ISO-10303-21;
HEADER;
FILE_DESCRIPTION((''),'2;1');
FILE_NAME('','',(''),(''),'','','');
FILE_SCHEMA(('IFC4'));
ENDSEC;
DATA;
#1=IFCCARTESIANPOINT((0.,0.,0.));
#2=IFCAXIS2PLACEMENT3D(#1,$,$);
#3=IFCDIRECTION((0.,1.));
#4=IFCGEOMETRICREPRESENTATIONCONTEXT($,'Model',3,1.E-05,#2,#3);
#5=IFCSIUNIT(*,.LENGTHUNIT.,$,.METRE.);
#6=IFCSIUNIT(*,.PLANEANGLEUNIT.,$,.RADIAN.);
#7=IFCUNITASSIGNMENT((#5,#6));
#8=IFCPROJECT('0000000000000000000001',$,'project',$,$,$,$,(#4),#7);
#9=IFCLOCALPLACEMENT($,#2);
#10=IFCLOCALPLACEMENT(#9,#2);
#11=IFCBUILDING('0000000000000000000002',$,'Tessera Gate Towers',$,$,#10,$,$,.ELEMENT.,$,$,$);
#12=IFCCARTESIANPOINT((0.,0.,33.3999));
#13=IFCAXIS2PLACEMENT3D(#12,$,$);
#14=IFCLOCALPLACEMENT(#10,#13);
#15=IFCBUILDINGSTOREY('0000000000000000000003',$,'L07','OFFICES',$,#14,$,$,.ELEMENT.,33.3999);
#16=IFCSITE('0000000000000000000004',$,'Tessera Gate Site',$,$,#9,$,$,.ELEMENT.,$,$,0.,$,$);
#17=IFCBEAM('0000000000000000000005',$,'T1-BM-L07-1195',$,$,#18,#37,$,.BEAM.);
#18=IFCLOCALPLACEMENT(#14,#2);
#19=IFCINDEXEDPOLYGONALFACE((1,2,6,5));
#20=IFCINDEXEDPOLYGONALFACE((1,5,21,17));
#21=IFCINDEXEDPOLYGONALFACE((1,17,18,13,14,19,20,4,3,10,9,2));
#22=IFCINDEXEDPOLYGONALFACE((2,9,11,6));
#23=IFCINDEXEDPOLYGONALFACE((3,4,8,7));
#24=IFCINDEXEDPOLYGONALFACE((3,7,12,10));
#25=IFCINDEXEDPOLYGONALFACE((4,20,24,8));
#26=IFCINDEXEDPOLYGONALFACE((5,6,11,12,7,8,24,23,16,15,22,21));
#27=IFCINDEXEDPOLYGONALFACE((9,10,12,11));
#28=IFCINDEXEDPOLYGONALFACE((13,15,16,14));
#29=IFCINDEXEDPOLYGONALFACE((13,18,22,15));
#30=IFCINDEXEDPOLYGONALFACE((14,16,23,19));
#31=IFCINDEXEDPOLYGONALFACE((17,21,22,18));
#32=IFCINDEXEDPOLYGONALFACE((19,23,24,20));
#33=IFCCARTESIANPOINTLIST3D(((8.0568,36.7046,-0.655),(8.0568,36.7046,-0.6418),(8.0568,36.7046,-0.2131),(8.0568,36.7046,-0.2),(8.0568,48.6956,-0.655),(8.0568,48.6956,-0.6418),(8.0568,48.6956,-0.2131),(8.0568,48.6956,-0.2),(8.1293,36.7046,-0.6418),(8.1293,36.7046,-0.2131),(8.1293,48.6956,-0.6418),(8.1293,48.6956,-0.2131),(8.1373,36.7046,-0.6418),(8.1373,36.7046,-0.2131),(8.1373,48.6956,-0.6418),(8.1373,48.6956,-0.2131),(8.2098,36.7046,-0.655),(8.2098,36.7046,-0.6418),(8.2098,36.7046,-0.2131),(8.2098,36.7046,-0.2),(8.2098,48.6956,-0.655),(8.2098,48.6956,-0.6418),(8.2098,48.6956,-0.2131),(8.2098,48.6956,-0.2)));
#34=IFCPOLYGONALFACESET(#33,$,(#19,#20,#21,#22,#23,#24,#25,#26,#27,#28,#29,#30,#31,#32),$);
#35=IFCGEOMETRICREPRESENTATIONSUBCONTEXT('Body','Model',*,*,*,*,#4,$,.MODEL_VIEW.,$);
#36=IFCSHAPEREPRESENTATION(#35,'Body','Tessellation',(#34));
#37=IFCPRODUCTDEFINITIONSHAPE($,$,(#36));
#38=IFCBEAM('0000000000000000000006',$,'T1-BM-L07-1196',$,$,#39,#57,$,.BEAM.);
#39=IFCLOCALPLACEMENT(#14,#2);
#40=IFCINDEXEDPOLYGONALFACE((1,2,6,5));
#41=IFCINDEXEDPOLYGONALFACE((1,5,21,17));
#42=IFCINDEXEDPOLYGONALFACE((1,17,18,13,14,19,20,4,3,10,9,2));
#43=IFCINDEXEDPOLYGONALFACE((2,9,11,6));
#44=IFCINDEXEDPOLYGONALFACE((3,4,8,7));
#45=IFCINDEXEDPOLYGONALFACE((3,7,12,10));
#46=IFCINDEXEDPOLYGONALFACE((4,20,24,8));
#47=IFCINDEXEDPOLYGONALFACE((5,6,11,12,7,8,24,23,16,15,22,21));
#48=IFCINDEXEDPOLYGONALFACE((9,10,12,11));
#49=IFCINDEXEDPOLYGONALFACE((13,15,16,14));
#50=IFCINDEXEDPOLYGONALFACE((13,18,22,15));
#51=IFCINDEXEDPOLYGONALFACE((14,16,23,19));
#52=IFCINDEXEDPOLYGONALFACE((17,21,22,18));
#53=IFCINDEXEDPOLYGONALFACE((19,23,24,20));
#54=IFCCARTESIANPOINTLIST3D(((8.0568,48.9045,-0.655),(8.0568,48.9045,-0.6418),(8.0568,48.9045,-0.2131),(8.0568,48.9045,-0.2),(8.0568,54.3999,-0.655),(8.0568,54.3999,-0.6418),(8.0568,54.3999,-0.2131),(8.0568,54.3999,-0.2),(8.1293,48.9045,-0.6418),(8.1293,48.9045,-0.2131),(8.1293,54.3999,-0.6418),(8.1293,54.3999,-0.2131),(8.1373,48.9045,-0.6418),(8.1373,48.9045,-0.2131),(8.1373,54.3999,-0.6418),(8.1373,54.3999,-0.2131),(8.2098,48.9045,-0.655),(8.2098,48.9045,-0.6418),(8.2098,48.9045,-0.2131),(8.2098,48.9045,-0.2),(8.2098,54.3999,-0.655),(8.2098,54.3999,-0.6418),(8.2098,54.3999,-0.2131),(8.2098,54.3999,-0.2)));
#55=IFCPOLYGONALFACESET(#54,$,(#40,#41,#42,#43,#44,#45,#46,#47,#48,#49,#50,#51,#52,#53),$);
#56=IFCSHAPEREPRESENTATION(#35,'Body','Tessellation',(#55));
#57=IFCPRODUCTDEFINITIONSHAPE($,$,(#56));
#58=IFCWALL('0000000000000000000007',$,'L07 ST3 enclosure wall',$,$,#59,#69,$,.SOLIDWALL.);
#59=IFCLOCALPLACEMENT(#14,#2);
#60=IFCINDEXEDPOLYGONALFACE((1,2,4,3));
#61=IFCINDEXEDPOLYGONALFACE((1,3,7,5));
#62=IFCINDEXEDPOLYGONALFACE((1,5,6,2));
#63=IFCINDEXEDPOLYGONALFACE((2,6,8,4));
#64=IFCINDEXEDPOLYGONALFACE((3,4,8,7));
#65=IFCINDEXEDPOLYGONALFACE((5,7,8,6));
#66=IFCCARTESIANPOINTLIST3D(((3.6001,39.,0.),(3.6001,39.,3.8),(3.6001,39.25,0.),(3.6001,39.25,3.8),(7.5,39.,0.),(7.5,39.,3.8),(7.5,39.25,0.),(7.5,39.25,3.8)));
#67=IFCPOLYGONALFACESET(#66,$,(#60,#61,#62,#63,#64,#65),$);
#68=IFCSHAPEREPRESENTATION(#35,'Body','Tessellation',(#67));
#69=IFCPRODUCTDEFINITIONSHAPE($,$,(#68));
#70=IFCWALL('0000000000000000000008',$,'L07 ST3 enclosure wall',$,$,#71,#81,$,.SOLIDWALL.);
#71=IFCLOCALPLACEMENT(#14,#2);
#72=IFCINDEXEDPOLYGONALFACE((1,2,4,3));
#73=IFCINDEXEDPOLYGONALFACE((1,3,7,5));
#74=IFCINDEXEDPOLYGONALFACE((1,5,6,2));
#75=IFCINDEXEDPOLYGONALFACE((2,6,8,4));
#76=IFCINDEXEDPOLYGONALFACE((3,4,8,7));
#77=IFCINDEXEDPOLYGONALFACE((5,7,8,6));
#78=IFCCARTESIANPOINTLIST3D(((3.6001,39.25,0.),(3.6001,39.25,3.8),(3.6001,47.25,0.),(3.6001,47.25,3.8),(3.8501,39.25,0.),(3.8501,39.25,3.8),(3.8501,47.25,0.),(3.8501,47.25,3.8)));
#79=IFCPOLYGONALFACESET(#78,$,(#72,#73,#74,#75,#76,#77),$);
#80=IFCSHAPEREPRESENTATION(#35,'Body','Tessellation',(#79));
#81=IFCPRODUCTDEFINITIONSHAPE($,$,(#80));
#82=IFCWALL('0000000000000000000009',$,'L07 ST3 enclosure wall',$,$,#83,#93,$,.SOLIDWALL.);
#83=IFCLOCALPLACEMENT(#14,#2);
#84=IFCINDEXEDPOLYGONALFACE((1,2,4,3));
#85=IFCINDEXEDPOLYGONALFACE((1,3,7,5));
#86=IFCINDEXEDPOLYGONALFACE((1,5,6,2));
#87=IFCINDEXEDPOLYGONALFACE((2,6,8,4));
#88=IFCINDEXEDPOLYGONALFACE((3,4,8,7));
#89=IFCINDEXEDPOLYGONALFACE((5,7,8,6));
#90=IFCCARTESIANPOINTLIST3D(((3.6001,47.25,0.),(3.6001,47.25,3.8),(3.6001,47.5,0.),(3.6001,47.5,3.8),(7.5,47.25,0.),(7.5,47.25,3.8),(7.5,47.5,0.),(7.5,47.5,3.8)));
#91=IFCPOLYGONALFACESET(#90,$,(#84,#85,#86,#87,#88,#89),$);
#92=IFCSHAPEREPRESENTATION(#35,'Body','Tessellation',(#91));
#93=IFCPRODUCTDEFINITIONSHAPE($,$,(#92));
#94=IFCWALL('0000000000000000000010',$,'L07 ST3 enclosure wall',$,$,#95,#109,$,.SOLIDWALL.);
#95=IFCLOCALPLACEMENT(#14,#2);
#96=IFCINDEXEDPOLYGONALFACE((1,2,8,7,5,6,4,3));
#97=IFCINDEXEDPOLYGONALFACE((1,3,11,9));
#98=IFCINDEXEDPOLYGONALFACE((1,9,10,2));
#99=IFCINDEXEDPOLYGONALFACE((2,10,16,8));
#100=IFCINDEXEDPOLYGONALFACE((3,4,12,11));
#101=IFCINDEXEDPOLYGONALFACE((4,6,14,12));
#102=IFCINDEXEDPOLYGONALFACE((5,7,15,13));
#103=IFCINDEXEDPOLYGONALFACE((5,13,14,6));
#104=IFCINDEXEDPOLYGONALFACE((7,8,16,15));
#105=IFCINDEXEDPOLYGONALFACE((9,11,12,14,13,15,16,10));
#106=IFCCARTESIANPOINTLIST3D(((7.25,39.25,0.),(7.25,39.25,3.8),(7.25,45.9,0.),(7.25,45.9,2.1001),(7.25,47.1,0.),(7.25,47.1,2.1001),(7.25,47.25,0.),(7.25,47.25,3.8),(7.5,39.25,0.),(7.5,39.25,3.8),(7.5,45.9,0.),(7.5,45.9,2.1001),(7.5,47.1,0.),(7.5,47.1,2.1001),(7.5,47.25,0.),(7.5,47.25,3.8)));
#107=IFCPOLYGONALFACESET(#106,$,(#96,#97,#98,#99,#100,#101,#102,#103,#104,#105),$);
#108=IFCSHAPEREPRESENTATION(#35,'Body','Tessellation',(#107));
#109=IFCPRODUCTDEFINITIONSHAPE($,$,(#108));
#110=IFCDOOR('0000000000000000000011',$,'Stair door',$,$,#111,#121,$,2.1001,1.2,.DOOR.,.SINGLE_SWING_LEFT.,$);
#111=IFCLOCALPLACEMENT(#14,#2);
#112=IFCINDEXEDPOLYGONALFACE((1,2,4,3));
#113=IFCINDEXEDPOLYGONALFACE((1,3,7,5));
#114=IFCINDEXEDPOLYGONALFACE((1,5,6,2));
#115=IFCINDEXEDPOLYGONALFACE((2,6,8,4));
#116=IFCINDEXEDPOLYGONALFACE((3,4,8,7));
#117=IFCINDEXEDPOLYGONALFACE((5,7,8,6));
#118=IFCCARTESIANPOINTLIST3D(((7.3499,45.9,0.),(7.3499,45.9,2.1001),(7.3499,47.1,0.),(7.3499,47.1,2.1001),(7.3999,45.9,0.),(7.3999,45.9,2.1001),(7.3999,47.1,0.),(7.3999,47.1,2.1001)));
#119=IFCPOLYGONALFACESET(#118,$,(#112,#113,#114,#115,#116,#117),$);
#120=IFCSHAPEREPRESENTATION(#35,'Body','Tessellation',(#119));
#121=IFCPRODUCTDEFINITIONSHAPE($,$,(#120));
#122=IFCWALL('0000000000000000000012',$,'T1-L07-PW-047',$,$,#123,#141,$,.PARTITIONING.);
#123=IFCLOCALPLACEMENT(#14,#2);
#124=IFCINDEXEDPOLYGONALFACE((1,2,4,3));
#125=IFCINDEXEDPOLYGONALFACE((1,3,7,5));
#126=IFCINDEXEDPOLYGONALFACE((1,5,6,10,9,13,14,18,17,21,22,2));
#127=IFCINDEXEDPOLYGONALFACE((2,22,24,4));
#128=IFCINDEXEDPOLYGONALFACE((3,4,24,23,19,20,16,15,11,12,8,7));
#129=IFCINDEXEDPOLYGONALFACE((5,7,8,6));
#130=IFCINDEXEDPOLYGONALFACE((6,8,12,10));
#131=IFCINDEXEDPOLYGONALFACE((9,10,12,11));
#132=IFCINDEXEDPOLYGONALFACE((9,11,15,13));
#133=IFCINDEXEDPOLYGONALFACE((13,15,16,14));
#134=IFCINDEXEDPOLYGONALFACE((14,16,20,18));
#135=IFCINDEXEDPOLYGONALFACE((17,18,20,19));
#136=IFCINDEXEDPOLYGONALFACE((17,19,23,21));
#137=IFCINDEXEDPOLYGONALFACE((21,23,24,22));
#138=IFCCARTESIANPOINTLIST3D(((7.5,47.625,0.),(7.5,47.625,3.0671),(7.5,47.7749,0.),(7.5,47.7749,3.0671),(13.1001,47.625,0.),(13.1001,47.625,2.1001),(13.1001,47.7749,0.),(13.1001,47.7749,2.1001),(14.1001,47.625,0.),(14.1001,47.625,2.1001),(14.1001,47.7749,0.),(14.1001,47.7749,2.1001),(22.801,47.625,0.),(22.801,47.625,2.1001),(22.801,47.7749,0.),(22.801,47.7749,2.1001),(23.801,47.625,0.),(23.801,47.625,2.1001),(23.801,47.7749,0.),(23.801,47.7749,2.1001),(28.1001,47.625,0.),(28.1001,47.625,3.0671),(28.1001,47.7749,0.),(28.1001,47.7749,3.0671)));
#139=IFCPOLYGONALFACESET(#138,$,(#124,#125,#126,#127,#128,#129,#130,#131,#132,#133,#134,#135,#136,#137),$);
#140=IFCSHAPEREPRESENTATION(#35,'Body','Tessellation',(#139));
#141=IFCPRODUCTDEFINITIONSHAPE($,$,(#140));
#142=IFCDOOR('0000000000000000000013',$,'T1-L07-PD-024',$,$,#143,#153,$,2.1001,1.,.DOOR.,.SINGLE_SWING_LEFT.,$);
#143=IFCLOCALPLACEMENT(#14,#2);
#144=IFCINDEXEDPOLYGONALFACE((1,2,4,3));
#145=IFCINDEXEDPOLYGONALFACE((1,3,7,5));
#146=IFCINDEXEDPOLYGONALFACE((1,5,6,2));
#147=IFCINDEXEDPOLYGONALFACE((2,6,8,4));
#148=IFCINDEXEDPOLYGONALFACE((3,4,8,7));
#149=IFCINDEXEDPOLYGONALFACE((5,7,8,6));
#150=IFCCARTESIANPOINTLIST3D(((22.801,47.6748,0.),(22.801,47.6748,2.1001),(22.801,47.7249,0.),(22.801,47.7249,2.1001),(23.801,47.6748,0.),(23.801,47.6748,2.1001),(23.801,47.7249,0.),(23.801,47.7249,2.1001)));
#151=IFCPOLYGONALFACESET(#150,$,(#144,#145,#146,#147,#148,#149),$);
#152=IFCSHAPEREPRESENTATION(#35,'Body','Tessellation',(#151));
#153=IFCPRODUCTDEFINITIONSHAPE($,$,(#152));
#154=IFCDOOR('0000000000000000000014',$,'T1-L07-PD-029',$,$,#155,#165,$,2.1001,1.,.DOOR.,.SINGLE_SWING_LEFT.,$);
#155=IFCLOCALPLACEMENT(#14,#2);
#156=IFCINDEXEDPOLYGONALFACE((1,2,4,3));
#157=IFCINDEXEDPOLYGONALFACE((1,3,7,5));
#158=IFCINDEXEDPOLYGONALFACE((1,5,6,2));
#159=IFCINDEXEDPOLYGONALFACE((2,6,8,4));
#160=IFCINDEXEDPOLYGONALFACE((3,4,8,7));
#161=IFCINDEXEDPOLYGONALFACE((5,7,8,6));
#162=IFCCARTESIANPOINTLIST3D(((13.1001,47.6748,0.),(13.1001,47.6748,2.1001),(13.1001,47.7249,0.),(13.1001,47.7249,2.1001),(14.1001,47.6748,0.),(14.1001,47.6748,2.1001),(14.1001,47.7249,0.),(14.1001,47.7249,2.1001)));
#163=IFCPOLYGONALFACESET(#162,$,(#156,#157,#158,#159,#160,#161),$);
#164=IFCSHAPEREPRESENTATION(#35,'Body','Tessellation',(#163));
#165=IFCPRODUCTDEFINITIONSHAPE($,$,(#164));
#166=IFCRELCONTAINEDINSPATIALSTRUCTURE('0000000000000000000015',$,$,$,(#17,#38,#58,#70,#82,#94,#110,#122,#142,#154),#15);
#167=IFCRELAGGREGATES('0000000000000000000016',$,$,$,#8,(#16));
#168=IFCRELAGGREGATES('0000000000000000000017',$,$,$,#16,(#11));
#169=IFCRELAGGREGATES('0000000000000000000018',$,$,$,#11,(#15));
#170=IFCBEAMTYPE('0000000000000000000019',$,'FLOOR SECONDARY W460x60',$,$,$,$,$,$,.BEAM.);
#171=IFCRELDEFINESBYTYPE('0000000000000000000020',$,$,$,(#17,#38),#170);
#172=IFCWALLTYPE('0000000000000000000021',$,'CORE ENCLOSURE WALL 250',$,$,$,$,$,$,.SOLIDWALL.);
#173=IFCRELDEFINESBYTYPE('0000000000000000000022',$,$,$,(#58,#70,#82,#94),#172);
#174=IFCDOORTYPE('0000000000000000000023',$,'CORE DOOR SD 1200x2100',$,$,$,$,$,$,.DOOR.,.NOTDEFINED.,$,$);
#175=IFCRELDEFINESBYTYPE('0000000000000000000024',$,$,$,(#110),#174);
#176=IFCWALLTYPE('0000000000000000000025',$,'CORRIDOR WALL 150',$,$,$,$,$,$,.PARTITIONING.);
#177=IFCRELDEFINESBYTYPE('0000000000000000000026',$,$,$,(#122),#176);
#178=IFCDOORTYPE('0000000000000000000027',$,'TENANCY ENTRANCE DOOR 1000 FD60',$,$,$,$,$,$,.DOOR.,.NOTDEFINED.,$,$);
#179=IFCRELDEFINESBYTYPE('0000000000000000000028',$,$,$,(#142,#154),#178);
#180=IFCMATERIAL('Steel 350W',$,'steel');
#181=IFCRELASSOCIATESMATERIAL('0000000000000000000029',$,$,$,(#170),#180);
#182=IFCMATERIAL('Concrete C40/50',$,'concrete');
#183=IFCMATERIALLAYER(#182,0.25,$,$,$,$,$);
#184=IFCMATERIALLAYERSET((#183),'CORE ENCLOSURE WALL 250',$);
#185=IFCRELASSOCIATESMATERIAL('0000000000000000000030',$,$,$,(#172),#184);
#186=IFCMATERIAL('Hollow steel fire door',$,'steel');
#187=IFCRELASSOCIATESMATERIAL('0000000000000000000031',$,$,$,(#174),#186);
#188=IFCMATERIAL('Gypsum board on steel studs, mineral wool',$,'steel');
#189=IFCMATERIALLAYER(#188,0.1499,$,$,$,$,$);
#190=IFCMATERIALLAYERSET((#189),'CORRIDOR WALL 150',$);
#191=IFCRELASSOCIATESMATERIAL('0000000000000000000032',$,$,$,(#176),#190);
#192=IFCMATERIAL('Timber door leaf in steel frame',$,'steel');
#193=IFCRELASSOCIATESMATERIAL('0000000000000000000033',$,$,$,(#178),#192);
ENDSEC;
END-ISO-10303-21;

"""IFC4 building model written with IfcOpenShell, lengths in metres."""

from ifc_helpers import new_model, si_unit, direction, frame, frame_2d, origin, origin_2d, place, context, subcontext, project, spatial, rectangle, i_section, extrude, source, transform, mapped, material, layer, layer_set, material_profile, profile_set, type_object, element, fill, save


model = new_model("IFC4")

# Units and contexts
model_context = context("Model", 3, precision=1e-05, world=origin(), true_north=direction((0.0, 1.0)))
body_context = subcontext(model_context, "Body", "Model", "MODEL_VIEW")
ifc_project = project(units=[si_unit("LENGTHUNIT", "METRE"), si_unit("PLANEANGLEUNIT", "RADIAN")], contexts=[model_context])

# Site, building, storey
site_placement = place(None, origin())
site = spatial("IfcSite", under=ifc_project, at=site_placement, Name="Tessera Gate Site", CompositionType="ELEMENT", RefElevation=0.0)
building_placement = place(site_placement, origin())
building = spatial("IfcBuilding", under=site, at=building_placement, Name="Tessera Gate Towers", CompositionType="ELEMENT")
storey_placement = place(building_placement, frame((0.0, 0.0, 33.3999)))
storey = spatial("IfcBuildingStorey", under=building, at=storey_placement, Name="L07", Description="OFFICES", CompositionType="ELEMENT", Elevation=33.3999)

# Beams
ifc_material_1 = material(Name="Steel 350W", Category="steel")
ifc_material_profile_1 = material_profile(ifc_material_1, i_section(OverallWidth=0.1531, OverallDepth=0.4551, WebThickness=0.0081, FlangeThickness=0.0132, at=origin_2d()), Name="W460x60")
ifc_profile_set_1 = profile_set([ifc_material_profile_1], Name="Steel 350W")
beam_type_1 = type_object("IfcBeamType", Name="FLOOR SECONDARY W460x60", PredefinedType="BEAM", material=ifc_profile_set_1)
beam_1_placement = place(storey_placement, frame((8.1333, 36.7046, -0.4275), z_axis=(0.0, 1.0, 0.0), x_axis=(-1.0, 0.0, 0.0)))
element("IfcBeam", 1, at=beam_1_placement, inside=storey, type_object=beam_type_1, Name="T1-BM-L07-1195", PredefinedType="BEAM", context=body_context, shape_type="SweptSolid", body=[
    extrude(i_section(OverallWidth=0.1531, OverallDepth=0.4551, WebThickness=0.0081, FlangeThickness=0.0132, at=origin_2d()), origin(), (0.0, 0.0, 1.0), 11.991),
])
beam_2_placement = place(storey_placement, frame((8.1333, 48.9045, -0.4275), z_axis=(0.0, 1.0, 0.0), x_axis=(-1.0, 0.0, 0.0)))
element("IfcBeam", 2, at=beam_2_placement, inside=storey, type_object=beam_type_1, Name="T1-BM-L07-1196", PredefinedType="BEAM", context=body_context, shape_type="SweptSolid", body=[
    extrude(i_section(OverallWidth=0.1531, OverallDepth=0.4551, WebThickness=0.0081, FlangeThickness=0.0132, at=origin_2d()), origin(), (0.0, 0.0, 1.0), 5.4954),
])

# Walls
ifc_material_2 = material(Name="Concrete C40/50", Category="concrete")
ifc_layer_1 = layer(ifc_material_2, 0.25)
ifc_layer_set_1 = layer_set([ifc_layer_1], Name="CORE ENCLOSURE WALL 250")
wall_type_1 = type_object("IfcWallType", Name="CORE ENCLOSURE WALL 250", PredefinedType="SOLIDWALL", material=ifc_layer_set_1)
wall_1_placement = place(storey_placement, frame((7.5, 39.125, 0.0), z_axis=(0.0, 0.0, 1.0), x_axis=(-1.0, 0.0, 0.0)))
element("IfcWall", 3, at=wall_1_placement, inside=storey, type_object=wall_type_1, Name="L07 ST3 enclosure wall", PredefinedType="SOLIDWALL", context=body_context, shape_type="SweptSolid", body=[
    extrude(rectangle(XDim=3.8999, YDim=0.25, at=frame_2d((1.95, 0.0))), origin(), (0.0, 0.0, 1.0), 3.8),
])
wall_2_placement = place(storey_placement, frame((3.7251, 39.25, 0.0), z_axis=(0.0, 0.0, 1.0), x_axis=(0.0, 1.0, 0.0)))
element("IfcWall", 4, at=wall_2_placement, inside=storey, type_object=wall_type_1, Name="L07 ST3 enclosure wall", PredefinedType="SOLIDWALL", context=body_context, shape_type="SweptSolid", body=[
    extrude(rectangle(XDim=8.0, YDim=0.25, at=frame_2d((4.0, 0.0))), origin(), (0.0, 0.0, 1.0), 3.8),
])
wall_3_placement = place(storey_placement, frame((3.6001, 47.375, 0.0), z_axis=(0.0, 0.0, 1.0), x_axis=(1.0, 0.0, 0.0)))
element("IfcWall", 5, at=wall_3_placement, inside=storey, type_object=wall_type_1, Name="L07 ST3 enclosure wall", PredefinedType="SOLIDWALL", context=body_context, shape_type="SweptSolid", body=[
    extrude(rectangle(XDim=3.8999, YDim=0.25, at=frame_2d((1.95, 0.0))), origin(), (0.0, 0.0, 1.0), 3.8),
])

# Wall, opening, door
wall_4_placement = place(storey_placement, frame((7.375, 47.25, 0.0), z_axis=(0.0, 0.0, 1.0), x_axis=(0.0, -1.0, 0.0)))
wall_4 = element("IfcWall", 6, at=wall_4_placement, inside=storey, type_object=wall_type_1, Name="L07 ST3 enclosure wall", PredefinedType="SOLIDWALL", context=body_context, shape_type="SweptSolid", body=[
    extrude(rectangle(XDim=8.0, YDim=0.25, at=frame_2d((4.0, 0.0))), origin(), (0.0, 0.0, 1.0), 3.8),
])
shared_shape_1 = source(origin(), body_context, "Body", "SweptSolid", [
    extrude(rectangle(XDim=1.2, YDim=2.1001, at=frame_2d((0.6001, 1.05))), frame((0.0, 0.135, 0.0), z_axis=(0.0, -1.0, 0.0), x_axis=(1.0, 0.0, 0.0)), (0.0, 0.0, 1.0), 0.27),
])
opening_1_placement = place(wall_4_placement, frame((0.1499, 0.0, 0.0)))
opening_1 = element("IfcOpeningElement", 7, at=opening_1_placement, cuts=wall_4, PredefinedType="OPENING", context=body_context, shape_type="MappedRepresentation", body=[
    mapped(shared_shape_1, transform((0.0, 0.0, 0.0), scale=1.0)),
])
ifc_material_3 = material(Name="Hollow steel fire door", Category="steel")
door_type_1 = type_object("IfcDoorType", Name="CORE DOOR SD 1200x2100", OperationType="NOTDEFINED", PredefinedType="DOOR", material=ifc_material_3)
shared_shape_2 = source(origin(), body_context, "Body", "SweptSolid", [
    extrude(rectangle(XDim=1.2, YDim=2.1001, at=frame_2d((0.6001, 1.05))), frame((0.0, 0.0249, 0.0), z_axis=(0.0, -1.0, 0.0), x_axis=(1.0, 0.0, 0.0)), (0.0, 0.0, 1.0), 0.05),
])
door_1_placement = place(opening_1_placement, origin())
door_1 = element("IfcDoor", 8, at=door_1_placement, inside=storey, type_object=door_type_1, Name="Stair door", OperationType="SINGLE_SWING_LEFT", OverallHeight=2.1001, OverallWidth=1.2, PredefinedType="DOOR", context=body_context, shape_type="MappedRepresentation", body=[
    mapped(shared_shape_2, transform((0.0, 0.0, 0.0), scale=1.0)),
])
fill(opening_1, door_1)

# Wall, openings, doors
ifc_material_4 = material(Name="Gypsum board on steel studs, mineral wool", Category="steel")
ifc_layer_2 = layer(ifc_material_4, 0.1499)
ifc_layer_set_2 = layer_set([ifc_layer_2], Name="CORRIDOR WALL 150")
wall_type_2 = type_object("IfcWallType", Name="CORRIDOR WALL 150", PredefinedType="PARTITIONING", material=ifc_layer_set_2)
wall_5_placement = place(storey_placement, frame((7.5, 47.7, 0.0), z_axis=(0.0, 0.0, 1.0), x_axis=(1.0, 0.0, 0.0)))
wall_5 = element("IfcWall", 9, at=wall_5_placement, inside=storey, type_object=wall_type_2, Name="T1-L07-PW-047", PredefinedType="PARTITIONING", context=body_context, shape_type="SweptSolid", body=[
    extrude(rectangle(XDim=20.6001, YDim=0.1499, at=frame_2d((10.3, 0.0))), origin(), (0.0, 0.0, 1.0), 3.0671),
])
shared_shape_3 = source(origin(), body_context, "Body", "SweptSolid", [
    extrude(rectangle(XDim=1.0, YDim=2.1001, at=frame_2d((0.5, 1.05))), frame((0.0, 0.085, 0.0), z_axis=(0.0, -1.0, 0.0), x_axis=(1.0, 0.0, 0.0)), (0.0, 0.0, 1.0), 0.1699),
])
opening_2_placement = place(wall_5_placement, frame((15.301, 0.0, 0.0)))
opening_2 = element("IfcOpeningElement", 10, at=opening_2_placement, cuts=wall_5, PredefinedType="OPENING", context=body_context, shape_type="MappedRepresentation", body=[
    mapped(shared_shape_3, transform((0.0, 0.0, 0.0), scale=1.0)),
])
opening_3_placement = place(wall_5_placement, frame((5.6001, 0.0, 0.0)))
opening_3 = element("IfcOpeningElement", 11, at=opening_3_placement, cuts=wall_5, PredefinedType="OPENING", context=body_context, shape_type="MappedRepresentation", body=[
    mapped(shared_shape_3, transform((0.0, 0.0, 0.0), scale=1.0)),
])
ifc_material_5 = material(Name="Timber door leaf in steel frame", Category="steel")
door_type_2 = type_object("IfcDoorType", Name="TENANCY ENTRANCE DOOR 1000 FD60", OperationType="NOTDEFINED", PredefinedType="DOOR", material=ifc_material_5)
shared_shape_4 = source(origin(), body_context, "Body", "SweptSolid", [
    extrude(rectangle(XDim=1.0, YDim=2.1001, at=frame_2d((0.5, 1.05))), frame((0.0, 0.0249, 0.0), z_axis=(0.0, -1.0, 0.0), x_axis=(1.0, 0.0, 0.0)), (0.0, 0.0, 1.0), 0.05),
])
door_2_placement = place(opening_2_placement, origin())
door_2 = element("IfcDoor", 12, at=door_2_placement, inside=storey, type_object=door_type_2, Name="T1-L07-PD-024", OperationType="SINGLE_SWING_LEFT", OverallHeight=2.1001, OverallWidth=1.0, PredefinedType="DOOR", context=body_context, shape_type="MappedRepresentation", body=[
    mapped(shared_shape_4, transform((0.0, 0.0, 0.0), scale=1.0)),
])
fill(opening_2, door_2)
door_3_placement = place(opening_3_placement, origin())
door_3 = element("IfcDoor", 13, at=door_3_placement, inside=storey, type_object=door_type_2, Name="T1-L07-PD-029", OperationType="SINGLE_SWING_LEFT", OverallHeight=2.1001, OverallWidth=1.0, PredefinedType="DOOR", context=body_context, shape_type="MappedRepresentation", body=[
    mapped(shared_shape_4, transform((0.0, 0.0, 0.0), scale=1.0)),
])
fill(opening_3, door_3)

save(model, "model.ifc")
